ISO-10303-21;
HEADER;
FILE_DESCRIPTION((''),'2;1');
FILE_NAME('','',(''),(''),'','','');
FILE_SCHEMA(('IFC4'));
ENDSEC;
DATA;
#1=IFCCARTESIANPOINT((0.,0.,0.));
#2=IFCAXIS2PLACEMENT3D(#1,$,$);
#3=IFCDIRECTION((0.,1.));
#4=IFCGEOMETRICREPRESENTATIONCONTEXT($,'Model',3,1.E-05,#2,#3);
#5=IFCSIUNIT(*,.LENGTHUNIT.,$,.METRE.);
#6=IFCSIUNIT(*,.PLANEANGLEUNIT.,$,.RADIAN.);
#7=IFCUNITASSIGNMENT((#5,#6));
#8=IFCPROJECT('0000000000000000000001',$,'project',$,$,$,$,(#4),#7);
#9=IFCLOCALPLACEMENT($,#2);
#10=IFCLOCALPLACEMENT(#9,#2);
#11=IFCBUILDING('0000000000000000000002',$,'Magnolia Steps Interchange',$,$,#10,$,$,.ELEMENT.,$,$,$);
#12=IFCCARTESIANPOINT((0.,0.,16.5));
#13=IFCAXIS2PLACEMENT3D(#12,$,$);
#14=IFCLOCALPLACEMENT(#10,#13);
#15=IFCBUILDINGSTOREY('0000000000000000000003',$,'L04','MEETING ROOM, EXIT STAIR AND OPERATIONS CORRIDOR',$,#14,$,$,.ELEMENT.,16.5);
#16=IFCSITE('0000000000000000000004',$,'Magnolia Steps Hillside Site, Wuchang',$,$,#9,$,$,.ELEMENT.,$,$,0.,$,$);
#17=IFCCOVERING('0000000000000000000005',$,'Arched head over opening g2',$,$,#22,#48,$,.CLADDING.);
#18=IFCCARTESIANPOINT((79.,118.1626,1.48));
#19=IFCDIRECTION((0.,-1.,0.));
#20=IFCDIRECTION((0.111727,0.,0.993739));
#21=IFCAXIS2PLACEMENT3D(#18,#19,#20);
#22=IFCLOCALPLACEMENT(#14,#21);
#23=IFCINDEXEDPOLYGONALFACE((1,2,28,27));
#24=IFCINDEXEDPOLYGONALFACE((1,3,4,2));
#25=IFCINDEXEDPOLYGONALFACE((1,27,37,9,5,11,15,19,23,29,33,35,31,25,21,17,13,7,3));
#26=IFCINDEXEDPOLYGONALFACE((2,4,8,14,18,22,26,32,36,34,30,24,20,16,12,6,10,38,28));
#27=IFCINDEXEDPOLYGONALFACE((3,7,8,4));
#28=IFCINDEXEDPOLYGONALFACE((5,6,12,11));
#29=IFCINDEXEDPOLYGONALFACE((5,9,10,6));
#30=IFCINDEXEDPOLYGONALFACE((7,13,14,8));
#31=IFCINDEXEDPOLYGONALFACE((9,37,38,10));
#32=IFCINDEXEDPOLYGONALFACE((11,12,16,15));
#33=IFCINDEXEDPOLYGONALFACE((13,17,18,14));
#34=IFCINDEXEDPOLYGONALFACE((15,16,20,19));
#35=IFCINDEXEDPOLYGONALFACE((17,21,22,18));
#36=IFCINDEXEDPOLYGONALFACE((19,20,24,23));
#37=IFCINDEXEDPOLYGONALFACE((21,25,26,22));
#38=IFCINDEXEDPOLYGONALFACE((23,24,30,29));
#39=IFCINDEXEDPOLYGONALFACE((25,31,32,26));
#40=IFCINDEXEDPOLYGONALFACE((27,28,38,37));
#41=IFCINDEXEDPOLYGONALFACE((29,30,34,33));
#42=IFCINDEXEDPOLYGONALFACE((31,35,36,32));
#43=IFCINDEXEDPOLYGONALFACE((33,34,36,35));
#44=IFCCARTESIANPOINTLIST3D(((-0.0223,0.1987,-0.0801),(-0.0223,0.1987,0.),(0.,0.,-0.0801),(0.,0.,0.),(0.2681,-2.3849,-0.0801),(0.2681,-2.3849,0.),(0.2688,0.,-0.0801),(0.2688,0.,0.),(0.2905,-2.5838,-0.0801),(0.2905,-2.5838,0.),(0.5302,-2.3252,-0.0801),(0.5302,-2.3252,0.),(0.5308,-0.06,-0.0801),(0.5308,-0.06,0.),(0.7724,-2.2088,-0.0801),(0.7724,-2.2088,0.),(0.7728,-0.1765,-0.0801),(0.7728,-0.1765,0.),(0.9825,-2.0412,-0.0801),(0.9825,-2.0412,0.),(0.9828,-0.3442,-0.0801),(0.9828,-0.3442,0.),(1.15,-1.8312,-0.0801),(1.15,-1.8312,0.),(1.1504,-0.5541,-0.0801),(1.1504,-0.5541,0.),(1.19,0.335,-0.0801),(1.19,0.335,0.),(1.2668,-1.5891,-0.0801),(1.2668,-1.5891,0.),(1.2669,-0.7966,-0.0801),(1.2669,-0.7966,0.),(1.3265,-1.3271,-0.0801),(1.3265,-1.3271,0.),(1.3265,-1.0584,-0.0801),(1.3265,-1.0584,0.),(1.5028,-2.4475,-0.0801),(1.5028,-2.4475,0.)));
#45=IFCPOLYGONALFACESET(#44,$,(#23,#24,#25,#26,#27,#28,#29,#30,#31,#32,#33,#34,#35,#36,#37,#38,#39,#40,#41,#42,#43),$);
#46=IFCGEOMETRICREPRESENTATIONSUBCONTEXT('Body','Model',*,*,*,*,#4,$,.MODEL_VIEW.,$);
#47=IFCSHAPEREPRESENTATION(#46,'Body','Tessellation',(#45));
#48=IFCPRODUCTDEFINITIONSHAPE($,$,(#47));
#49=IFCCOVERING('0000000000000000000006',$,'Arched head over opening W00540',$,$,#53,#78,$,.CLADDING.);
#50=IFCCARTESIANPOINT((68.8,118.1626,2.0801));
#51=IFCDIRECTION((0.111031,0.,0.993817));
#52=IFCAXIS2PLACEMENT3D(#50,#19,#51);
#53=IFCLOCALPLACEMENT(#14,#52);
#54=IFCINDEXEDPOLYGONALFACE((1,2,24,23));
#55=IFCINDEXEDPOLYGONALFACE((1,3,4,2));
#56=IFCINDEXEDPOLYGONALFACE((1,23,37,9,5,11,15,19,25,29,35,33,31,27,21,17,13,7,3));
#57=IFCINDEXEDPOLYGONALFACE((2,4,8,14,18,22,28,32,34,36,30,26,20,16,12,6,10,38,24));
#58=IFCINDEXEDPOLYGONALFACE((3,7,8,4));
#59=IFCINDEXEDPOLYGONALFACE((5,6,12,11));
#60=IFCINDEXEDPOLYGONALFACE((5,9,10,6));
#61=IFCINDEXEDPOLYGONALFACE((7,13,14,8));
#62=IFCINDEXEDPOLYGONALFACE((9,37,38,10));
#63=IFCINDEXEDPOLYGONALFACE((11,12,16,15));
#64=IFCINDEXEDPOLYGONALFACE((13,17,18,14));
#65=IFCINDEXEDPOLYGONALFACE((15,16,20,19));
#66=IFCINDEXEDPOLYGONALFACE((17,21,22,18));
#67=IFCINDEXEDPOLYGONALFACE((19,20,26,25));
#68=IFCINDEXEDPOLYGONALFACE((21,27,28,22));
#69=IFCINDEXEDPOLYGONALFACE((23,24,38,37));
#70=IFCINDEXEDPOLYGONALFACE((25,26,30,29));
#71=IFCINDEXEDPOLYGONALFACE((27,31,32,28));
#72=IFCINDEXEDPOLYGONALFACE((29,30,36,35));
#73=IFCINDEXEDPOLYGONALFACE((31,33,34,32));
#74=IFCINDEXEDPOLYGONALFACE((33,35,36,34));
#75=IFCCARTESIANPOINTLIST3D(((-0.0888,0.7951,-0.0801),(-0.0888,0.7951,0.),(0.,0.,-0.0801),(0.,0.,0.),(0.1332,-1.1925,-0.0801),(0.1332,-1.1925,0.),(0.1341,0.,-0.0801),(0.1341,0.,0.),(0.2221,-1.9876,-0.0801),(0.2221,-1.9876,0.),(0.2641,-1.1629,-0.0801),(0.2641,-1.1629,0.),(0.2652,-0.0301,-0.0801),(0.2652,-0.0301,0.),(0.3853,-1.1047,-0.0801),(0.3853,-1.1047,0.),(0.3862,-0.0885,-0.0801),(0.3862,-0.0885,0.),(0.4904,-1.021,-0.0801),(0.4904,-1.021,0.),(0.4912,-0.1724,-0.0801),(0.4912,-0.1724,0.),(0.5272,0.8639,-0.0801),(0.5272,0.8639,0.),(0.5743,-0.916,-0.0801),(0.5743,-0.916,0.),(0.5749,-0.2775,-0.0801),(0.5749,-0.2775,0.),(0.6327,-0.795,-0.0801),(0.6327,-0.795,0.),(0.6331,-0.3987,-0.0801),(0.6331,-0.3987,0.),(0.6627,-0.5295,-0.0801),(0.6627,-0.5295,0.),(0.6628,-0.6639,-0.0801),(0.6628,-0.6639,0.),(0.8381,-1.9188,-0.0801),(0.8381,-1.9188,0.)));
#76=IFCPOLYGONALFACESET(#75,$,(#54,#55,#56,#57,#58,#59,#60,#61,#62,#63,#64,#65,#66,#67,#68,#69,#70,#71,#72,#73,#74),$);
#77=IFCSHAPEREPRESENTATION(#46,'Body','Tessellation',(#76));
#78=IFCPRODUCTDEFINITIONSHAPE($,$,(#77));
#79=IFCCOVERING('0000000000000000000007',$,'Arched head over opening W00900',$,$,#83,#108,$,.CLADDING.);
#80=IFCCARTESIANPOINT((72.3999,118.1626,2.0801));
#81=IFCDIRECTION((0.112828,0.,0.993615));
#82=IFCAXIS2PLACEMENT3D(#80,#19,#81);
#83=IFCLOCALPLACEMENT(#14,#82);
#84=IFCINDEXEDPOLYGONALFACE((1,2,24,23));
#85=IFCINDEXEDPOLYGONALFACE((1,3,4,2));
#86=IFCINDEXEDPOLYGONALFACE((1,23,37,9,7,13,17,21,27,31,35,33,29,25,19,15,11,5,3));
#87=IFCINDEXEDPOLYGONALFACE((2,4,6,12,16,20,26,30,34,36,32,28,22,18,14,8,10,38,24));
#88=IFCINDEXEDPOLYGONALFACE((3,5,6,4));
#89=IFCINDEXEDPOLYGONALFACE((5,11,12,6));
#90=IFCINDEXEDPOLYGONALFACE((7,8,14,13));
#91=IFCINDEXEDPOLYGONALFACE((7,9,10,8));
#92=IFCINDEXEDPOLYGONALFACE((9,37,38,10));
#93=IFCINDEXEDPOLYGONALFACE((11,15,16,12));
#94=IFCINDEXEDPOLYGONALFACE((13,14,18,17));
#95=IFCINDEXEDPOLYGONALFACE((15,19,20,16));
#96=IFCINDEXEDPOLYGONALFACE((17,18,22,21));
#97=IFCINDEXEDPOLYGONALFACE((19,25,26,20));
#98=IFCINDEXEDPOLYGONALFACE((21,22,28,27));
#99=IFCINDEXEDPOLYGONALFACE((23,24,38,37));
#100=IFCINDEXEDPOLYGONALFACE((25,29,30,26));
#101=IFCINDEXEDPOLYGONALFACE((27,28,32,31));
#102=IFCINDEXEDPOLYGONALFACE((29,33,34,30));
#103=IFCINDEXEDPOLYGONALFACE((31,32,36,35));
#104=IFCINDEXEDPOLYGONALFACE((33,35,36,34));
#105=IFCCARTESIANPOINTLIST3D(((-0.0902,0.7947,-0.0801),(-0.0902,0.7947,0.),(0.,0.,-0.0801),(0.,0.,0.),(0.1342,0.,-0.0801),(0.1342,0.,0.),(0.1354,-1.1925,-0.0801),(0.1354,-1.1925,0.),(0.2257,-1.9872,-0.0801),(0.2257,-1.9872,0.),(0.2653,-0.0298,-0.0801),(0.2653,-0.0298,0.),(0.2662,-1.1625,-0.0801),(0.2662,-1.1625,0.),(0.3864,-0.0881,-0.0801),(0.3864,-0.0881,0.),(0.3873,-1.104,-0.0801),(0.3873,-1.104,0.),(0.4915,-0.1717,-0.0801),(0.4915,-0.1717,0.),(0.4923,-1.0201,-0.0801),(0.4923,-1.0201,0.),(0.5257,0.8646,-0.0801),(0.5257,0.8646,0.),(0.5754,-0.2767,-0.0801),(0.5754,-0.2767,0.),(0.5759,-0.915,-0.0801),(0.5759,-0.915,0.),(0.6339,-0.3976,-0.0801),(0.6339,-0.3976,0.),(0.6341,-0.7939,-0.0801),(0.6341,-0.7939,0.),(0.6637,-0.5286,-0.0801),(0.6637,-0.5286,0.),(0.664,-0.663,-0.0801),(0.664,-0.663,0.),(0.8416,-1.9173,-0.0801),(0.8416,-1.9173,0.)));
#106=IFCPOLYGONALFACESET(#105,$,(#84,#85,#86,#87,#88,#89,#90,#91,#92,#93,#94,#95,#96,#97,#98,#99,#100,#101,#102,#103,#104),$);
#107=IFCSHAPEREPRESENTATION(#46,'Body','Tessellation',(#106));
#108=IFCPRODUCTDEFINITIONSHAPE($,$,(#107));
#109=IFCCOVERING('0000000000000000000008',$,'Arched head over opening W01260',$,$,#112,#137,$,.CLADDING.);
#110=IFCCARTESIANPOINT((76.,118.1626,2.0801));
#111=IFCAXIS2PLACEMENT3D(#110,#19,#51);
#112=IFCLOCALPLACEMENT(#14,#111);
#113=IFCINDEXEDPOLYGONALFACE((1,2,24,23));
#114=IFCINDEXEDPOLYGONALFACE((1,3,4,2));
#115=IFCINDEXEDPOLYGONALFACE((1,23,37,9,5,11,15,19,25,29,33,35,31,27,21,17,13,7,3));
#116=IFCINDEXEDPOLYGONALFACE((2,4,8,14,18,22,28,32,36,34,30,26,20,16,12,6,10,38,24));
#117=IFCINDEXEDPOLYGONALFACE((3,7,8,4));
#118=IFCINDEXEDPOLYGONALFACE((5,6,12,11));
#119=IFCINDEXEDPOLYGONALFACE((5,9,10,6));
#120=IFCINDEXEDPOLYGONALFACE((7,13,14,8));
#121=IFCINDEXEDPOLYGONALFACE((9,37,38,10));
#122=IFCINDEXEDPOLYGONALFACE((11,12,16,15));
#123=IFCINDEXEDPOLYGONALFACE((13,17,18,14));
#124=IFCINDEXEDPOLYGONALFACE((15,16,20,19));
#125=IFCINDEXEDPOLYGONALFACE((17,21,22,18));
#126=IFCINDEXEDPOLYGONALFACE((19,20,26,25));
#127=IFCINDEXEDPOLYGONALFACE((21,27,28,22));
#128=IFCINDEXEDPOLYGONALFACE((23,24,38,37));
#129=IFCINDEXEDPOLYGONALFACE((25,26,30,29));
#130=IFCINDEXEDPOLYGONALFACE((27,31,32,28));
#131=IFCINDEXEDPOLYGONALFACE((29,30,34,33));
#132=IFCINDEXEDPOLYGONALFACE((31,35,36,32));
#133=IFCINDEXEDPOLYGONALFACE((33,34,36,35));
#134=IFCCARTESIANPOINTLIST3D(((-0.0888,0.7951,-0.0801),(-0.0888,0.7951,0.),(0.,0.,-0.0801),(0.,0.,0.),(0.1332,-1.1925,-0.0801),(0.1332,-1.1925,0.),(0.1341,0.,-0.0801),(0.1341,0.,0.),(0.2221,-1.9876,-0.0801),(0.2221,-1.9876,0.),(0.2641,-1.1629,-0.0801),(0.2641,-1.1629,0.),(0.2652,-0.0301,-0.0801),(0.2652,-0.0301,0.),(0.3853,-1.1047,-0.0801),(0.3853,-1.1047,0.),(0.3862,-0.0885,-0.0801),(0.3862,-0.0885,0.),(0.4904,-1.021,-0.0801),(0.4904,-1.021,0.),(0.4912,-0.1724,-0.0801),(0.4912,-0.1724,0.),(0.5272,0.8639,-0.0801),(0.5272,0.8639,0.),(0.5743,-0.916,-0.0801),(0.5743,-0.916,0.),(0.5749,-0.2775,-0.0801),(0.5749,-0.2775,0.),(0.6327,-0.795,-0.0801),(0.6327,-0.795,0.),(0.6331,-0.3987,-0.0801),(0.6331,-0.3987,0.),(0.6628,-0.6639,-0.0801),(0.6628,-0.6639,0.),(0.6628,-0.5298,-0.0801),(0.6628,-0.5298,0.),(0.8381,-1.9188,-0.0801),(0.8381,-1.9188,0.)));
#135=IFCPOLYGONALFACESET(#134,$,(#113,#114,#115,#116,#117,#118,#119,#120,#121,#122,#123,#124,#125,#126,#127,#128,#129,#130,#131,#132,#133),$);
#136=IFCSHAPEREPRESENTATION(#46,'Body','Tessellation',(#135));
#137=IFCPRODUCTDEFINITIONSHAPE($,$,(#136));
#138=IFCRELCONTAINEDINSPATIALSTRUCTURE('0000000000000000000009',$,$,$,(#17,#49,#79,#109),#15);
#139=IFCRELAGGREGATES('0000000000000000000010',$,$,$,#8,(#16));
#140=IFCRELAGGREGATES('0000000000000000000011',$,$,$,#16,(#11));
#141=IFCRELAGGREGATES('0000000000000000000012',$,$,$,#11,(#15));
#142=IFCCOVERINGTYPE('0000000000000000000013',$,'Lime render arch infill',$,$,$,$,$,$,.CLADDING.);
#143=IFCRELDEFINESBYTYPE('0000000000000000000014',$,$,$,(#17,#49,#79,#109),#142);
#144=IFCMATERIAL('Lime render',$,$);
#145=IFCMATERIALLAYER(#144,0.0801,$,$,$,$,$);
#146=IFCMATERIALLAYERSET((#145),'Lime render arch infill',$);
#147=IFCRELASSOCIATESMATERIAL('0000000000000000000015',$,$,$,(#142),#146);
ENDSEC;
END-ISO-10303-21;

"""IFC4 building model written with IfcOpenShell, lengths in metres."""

from ifc_helpers import new_model, si_unit, direction, frame, origin, place, context, subcontext, project, spatial, polyline, outline, extrude, material, layer, layer_set, type_object, element, save


model = new_model("IFC4")

# Units and contexts
model_context = context("Model", 3, precision=1e-05, world=origin(), true_north=direction((0.0, 1.0)))
body_context = subcontext(model_context, "Body", "Model", "MODEL_VIEW")
ifc_project = project(units=[si_unit("LENGTHUNIT", "METRE"), si_unit("PLANEANGLEUNIT", "RADIAN")], contexts=[model_context])

# Site, building, storey
site_placement = place(None, origin())
site = spatial("IfcSite", under=ifc_project, at=site_placement, Name="Magnolia Steps Hillside Site, Wuchang", CompositionType="ELEMENT", RefElevation=0.0)
building_placement = place(site_placement, origin())
building = spatial("IfcBuilding", under=site, at=building_placement, Name="Magnolia Steps Interchange", CompositionType="ELEMENT")
storey_placement = place(building_placement, frame((0.0, 0.0, 16.5)))
storey = spatial("IfcBuildingStorey", under=building, at=storey_placement, Name="L04", Description="MEETING ROOM, EXIT STAIR AND OPERATIONS CORRIDOR", CompositionType="ELEMENT", Elevation=16.5)

# Coverings
ifc_material_1 = material(Name="Lime render")
ifc_layer_1 = layer(ifc_material_1, 0.0801)
ifc_layer_set_1 = layer_set([ifc_layer_1], Name="Lime render arch infill")
covering_type_1 = type_object("IfcCoveringType", Name="Lime render arch infill", PredefinedType="CLADDING", material=ifc_layer_set_1)
covering_1_placement = place(storey_placement, frame((79.0, 118.1626, 1.48), z_axis=(0.0, -1.0, 0.0), x_axis=(0.111727, 0.0, 0.993739)))
element("IfcCovering", 1, at=covering_1_placement, inside=storey, type_object=covering_type_1, Name="Arched head over opening g2", PredefinedType="CLADDING", context=body_context, shape_type="SweptSolid", body=[
    extrude(outline(polyline([(0.0, 0.0), (0.2688, 0.0), (0.5308, -0.06), (0.7728, -0.1765), (0.9828, -0.3442), (1.1504, -0.5541), (1.2669, -0.7966), (1.3265, -1.0584), (1.3265, -1.3271), (1.2668, -1.5891), (1.15, -1.8312), (0.9825, -2.0412), (0.7724, -2.2088), (0.5302, -2.3252), (0.2681, -2.3849), (0.2905, -2.5838), (1.5028, -2.4475), (1.19, 0.335), (-0.0223, 0.1987), (0.0, 0.0)])), origin(), (0.0, 0.0, -1.0), 0.0801),
])
covering_2_placement = place(storey_placement, frame((68.8, 118.1626, 2.0801), z_axis=(0.0, -1.0, 0.0), x_axis=(0.111031, 0.0, 0.993817)))
element("IfcCovering", 2, at=covering_2_placement, inside=storey, type_object=covering_type_1, Name="Arched head over opening W00540", PredefinedType="CLADDING", context=body_context, shape_type="SweptSolid", body=[
    extrude(outline(polyline([(0.0, 0.0), (0.1341, 0.0), (0.2652, -0.0301), (0.3862, -0.0885), (0.4912, -0.1724), (0.5749, -0.2775), (0.6331, -0.3987), (0.6627, -0.5295), (0.6628, -0.6639), (0.6327, -0.795), (0.5743, -0.916), (0.4904, -1.021), (0.3853, -1.1047), (0.2641, -1.1629), (0.1332, -1.1925), (0.2221, -1.9876), (0.8381, -1.9188), (0.5272, 0.8639), (-0.0888, 0.7951), (0.0, 0.0)])), origin(), (0.0, 0.0, -1.0), 0.0801),
])
covering_3_placement = place(storey_placement, frame((72.3999, 118.1626, 2.0801), z_axis=(0.0, -1.0, 0.0), x_axis=(0.112828, 0.0, 0.993615)))
element("IfcCovering", 3, at=covering_3_placement, inside=storey, type_object=covering_type_1, Name="Arched head over opening W00900", PredefinedType="CLADDING", context=body_context, shape_type="SweptSolid", body=[
    extrude(outline(polyline([(0.0, 0.0), (0.1342, 0.0), (0.2653, -0.0298), (0.3864, -0.0881), (0.4915, -0.1717), (0.5754, -0.2767), (0.6339, -0.3976), (0.6637, -0.5286), (0.664, -0.663), (0.6341, -0.7939), (0.5759, -0.915), (0.4923, -1.0201), (0.3873, -1.104), (0.2662, -1.1625), (0.1354, -1.1925), (0.2257, -1.9872), (0.8416, -1.9173), (0.5257, 0.8646), (-0.0902, 0.7947), (0.0, 0.0)])), origin(), (0.0, 0.0, -1.0), 0.0801),
])
covering_4_placement = place(storey_placement, frame((76.0, 118.1626, 2.0801), z_axis=(0.0, -1.0, 0.0), x_axis=(0.111031, 0.0, 0.993817)))
element("IfcCovering", 4, at=covering_4_placement, inside=storey, type_object=covering_type_1, Name="Arched head over opening W01260", PredefinedType="CLADDING", context=body_context, shape_type="SweptSolid", body=[
    extrude(outline(polyline([(0.0, 0.0), (0.1341, 0.0), (0.2652, -0.0301), (0.3862, -0.0885), (0.4912, -0.1724), (0.5749, -0.2775), (0.6331, -0.3987), (0.6628, -0.5298), (0.6628, -0.6639), (0.6327, -0.795), (0.5743, -0.916), (0.4904, -1.021), (0.3853, -1.1047), (0.2641, -1.1629), (0.1332, -1.1925), (0.2221, -1.9876), (0.8381, -1.9188), (0.5272, 0.8639), (-0.0888, 0.7951), (0.0, 0.0)])), origin(), (0.0, 0.0, -1.0), 0.0801),
])

save(model, "model.ifc")
